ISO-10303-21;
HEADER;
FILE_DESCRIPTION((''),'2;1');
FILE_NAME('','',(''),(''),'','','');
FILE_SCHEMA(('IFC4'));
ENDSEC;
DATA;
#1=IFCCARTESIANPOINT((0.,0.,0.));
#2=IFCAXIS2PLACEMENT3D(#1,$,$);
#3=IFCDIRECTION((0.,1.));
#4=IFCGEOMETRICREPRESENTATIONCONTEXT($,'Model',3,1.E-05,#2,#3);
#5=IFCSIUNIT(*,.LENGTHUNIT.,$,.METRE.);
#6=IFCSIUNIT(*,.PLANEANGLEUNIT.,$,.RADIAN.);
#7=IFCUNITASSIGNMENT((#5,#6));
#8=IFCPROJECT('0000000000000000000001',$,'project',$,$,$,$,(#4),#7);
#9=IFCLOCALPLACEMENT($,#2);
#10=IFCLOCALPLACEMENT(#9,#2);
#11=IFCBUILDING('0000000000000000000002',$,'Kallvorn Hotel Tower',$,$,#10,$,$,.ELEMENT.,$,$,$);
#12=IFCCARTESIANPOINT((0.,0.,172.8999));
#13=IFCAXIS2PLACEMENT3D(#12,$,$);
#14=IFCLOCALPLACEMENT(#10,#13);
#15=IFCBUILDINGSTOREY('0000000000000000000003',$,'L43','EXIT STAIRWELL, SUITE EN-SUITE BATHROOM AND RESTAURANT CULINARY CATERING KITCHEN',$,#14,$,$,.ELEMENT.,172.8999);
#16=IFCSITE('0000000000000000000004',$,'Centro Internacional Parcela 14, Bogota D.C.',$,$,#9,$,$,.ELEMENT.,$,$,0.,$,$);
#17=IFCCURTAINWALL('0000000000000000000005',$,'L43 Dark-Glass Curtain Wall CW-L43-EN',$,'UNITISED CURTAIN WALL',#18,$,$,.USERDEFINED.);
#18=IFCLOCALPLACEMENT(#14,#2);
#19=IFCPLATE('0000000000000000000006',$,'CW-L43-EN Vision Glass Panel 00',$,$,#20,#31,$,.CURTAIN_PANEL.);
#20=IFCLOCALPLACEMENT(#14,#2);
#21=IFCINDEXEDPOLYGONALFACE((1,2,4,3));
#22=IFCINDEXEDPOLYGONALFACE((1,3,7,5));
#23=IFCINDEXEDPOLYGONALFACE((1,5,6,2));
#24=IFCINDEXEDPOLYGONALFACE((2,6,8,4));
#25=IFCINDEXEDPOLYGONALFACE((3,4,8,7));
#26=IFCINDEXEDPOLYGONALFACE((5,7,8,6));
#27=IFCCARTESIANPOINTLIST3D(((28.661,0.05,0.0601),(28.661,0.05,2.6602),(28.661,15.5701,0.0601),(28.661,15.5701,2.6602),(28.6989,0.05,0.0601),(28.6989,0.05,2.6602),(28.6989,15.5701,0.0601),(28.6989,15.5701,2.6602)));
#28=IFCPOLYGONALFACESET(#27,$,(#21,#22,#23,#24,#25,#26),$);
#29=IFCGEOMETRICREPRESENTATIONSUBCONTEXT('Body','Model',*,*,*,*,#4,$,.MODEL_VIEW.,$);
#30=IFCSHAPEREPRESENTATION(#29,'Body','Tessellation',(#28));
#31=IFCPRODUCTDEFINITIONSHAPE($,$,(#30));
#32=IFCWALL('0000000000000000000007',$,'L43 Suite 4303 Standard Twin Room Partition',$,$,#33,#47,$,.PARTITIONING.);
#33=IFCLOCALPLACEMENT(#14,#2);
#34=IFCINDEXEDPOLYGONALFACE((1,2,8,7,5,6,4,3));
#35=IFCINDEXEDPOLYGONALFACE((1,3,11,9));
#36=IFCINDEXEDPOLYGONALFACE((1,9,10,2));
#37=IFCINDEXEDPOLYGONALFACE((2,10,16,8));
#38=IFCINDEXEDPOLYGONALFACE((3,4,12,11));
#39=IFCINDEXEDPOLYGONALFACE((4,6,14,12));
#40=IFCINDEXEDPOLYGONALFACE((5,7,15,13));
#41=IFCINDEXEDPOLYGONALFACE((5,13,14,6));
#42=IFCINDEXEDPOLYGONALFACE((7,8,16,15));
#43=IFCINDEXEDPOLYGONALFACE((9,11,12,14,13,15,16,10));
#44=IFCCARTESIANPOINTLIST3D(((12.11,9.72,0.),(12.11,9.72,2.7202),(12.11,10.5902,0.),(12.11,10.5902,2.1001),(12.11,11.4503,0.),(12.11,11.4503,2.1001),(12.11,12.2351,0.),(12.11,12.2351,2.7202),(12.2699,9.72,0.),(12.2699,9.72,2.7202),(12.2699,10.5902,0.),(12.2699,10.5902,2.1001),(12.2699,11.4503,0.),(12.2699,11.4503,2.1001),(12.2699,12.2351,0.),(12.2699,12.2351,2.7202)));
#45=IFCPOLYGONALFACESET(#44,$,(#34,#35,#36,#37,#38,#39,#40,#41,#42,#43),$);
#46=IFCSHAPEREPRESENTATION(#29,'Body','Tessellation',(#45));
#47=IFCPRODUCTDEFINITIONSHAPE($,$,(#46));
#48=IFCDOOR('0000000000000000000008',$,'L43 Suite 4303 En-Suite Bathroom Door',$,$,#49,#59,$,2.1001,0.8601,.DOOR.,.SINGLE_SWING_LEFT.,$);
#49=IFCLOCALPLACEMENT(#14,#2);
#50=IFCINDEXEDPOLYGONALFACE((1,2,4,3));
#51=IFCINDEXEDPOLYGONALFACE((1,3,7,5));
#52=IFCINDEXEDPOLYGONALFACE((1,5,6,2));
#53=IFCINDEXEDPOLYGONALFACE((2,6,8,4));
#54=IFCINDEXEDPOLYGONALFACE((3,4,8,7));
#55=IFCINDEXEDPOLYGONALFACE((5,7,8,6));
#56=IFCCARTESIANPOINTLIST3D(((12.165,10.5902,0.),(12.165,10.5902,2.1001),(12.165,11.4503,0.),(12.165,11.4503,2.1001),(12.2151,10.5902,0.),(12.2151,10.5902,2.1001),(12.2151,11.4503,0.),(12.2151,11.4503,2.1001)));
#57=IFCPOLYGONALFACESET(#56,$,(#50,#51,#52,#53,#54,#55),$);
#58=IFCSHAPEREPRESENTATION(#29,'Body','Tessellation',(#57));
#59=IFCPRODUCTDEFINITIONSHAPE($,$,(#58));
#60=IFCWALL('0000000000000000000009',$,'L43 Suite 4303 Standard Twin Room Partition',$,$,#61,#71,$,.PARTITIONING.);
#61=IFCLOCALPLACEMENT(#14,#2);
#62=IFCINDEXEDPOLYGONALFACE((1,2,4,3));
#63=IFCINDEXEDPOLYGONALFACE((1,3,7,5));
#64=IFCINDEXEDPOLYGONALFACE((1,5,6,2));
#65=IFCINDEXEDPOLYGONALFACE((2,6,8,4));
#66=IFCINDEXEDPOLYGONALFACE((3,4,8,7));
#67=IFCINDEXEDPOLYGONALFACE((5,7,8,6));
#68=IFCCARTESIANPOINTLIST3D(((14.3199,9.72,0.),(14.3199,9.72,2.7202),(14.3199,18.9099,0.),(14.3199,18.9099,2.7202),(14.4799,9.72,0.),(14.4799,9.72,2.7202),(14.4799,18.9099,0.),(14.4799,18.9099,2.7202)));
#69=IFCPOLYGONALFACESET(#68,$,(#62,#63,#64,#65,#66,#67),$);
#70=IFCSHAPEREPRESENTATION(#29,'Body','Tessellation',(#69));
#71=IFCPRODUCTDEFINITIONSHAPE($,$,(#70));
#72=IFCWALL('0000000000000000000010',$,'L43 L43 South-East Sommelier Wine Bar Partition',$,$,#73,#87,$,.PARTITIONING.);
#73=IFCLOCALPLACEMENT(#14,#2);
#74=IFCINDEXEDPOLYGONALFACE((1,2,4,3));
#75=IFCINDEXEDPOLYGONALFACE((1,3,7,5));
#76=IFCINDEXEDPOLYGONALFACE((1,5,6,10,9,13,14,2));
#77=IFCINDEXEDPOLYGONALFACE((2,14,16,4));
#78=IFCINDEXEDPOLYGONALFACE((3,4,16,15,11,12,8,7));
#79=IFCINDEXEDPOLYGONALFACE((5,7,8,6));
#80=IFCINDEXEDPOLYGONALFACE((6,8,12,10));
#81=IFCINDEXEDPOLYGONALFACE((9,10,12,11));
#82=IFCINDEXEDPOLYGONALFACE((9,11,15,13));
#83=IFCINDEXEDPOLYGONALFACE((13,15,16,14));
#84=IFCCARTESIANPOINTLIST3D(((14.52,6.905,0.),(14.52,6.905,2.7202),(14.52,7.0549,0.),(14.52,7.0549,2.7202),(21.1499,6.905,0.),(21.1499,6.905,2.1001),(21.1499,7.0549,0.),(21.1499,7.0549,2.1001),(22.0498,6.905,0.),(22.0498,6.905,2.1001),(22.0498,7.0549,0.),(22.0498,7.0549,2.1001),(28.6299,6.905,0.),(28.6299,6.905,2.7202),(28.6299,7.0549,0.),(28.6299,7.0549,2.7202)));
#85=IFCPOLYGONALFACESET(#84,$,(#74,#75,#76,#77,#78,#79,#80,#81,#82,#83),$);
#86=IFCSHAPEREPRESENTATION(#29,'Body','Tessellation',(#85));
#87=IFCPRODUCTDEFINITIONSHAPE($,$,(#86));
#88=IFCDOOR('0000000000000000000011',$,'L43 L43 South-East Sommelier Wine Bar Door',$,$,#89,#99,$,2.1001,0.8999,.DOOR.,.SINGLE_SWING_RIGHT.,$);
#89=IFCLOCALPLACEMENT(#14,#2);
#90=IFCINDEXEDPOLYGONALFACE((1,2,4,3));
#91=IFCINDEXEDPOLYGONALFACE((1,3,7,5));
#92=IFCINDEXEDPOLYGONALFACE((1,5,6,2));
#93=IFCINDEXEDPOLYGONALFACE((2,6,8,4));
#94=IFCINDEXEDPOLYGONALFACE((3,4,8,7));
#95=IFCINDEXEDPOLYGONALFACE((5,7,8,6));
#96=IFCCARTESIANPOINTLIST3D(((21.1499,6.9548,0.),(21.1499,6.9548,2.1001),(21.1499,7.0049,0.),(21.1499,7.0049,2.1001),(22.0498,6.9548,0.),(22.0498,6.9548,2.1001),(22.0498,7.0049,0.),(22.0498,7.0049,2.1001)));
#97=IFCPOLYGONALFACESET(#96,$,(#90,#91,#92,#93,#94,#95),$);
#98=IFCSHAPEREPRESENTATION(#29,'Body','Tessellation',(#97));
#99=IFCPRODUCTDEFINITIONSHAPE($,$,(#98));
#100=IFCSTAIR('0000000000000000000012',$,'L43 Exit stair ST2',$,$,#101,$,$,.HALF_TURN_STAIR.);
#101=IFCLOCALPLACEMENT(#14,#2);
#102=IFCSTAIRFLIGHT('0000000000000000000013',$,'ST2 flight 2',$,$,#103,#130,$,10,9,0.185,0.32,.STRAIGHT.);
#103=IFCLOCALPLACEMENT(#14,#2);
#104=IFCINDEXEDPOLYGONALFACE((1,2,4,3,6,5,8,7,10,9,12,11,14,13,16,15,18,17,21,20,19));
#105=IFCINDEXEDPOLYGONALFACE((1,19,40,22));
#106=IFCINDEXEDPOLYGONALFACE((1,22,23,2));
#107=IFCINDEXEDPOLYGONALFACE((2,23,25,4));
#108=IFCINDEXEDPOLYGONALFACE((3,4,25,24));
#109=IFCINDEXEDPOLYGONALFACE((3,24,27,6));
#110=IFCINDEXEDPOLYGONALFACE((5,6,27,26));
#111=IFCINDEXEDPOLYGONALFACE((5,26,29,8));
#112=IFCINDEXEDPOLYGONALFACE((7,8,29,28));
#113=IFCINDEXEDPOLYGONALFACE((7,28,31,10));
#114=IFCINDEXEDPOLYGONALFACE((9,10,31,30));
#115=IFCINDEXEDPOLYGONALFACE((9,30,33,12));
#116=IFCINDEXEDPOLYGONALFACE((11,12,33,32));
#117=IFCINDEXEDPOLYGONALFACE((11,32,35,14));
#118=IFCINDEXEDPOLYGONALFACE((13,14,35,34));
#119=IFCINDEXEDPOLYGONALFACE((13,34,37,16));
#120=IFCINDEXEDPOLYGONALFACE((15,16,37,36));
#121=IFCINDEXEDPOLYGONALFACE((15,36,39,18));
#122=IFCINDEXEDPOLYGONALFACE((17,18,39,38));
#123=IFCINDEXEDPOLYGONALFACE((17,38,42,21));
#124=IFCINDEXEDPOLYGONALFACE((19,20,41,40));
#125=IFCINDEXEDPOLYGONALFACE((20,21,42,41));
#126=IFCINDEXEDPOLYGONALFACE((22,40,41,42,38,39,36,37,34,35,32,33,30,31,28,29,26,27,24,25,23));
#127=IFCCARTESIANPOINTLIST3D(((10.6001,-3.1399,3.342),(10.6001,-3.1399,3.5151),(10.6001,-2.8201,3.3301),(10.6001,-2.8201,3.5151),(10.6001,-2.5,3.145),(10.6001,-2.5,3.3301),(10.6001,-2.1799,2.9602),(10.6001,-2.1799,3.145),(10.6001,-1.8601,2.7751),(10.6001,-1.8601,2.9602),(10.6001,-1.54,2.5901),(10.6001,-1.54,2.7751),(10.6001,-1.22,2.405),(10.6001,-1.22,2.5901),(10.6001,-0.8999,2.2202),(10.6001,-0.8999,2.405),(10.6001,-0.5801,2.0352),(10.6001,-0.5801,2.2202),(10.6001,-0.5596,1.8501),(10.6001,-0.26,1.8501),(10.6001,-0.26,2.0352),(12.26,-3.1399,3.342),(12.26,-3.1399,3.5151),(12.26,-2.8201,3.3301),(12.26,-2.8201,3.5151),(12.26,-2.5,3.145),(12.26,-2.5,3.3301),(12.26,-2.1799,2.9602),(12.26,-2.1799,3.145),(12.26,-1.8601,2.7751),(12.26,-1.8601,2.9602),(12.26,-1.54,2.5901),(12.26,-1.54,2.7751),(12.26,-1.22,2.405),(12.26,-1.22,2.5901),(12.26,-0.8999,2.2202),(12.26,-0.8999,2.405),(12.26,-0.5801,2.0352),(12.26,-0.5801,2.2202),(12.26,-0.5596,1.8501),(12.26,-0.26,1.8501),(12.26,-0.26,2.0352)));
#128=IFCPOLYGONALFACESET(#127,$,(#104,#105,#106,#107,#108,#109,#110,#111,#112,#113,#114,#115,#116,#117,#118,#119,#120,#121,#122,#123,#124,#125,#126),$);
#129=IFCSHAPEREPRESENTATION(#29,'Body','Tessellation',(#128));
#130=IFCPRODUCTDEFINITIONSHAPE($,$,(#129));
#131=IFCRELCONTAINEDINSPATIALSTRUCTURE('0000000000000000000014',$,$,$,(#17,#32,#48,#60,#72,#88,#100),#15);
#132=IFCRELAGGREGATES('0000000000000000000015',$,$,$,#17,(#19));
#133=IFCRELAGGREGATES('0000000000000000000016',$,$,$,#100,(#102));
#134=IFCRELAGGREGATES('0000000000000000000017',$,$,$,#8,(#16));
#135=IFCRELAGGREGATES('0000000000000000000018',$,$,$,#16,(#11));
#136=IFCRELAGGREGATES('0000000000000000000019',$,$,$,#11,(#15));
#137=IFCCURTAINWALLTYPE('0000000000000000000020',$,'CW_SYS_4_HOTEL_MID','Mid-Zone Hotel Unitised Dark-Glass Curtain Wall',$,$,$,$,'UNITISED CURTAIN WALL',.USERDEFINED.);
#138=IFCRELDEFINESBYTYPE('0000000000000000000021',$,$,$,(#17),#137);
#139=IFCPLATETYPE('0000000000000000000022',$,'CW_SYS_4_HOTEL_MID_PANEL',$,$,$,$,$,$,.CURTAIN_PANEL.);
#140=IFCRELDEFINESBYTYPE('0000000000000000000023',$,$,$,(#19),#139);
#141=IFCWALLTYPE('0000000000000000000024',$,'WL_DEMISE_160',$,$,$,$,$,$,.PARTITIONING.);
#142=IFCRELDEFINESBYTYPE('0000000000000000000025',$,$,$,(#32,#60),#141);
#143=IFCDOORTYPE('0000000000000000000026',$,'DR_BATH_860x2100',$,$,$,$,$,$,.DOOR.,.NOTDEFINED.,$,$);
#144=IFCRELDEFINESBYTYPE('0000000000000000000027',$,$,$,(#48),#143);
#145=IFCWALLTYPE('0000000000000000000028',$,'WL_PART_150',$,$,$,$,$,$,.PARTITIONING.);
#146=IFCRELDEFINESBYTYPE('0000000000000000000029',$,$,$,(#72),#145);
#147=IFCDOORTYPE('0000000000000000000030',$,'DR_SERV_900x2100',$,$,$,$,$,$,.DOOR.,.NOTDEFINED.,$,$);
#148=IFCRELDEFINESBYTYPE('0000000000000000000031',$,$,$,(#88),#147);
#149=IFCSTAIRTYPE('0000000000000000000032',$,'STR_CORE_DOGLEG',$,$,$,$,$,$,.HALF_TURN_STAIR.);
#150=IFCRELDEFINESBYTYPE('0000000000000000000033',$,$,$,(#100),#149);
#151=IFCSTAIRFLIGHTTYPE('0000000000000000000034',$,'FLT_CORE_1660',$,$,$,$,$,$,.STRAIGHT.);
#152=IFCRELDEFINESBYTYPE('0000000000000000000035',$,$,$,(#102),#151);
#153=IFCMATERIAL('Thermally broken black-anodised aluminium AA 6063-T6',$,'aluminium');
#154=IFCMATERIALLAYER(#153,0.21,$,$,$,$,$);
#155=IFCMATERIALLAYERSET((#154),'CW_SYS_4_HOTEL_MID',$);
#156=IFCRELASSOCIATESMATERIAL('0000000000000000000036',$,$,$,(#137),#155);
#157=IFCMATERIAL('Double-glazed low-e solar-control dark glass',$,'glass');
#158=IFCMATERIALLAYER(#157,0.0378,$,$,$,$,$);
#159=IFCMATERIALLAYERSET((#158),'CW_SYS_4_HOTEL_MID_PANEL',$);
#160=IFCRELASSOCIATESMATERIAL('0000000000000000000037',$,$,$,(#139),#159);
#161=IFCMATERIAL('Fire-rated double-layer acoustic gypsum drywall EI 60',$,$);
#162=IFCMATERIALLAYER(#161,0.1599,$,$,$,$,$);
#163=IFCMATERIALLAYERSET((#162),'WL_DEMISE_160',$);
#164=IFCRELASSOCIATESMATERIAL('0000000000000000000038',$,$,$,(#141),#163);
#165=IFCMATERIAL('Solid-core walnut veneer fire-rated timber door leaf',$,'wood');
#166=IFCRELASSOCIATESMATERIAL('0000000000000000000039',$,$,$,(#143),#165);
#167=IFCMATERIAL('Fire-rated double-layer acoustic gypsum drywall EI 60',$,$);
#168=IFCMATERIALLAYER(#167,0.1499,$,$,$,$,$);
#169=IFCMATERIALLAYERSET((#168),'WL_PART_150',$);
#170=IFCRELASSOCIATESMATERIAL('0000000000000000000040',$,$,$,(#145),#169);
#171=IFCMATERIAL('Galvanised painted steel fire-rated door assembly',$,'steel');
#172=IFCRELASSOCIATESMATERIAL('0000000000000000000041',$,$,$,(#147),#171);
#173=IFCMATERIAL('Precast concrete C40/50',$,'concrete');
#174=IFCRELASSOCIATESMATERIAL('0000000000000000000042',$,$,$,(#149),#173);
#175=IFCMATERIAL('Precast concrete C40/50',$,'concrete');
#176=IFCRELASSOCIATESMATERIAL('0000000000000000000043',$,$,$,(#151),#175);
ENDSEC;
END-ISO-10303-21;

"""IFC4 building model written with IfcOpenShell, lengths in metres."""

from ifc_helpers import new_model, si_unit, direction, frame, frame_2d, origin, origin_2d, place, context, subcontext, project, spatial, polyline, rectangle, outline, extrude, material, layer, layer_set, type_object, element, fill, aggregate, save


model = new_model("IFC4")

# Units and contexts
model_context = context("Model", 3, precision=1e-05, world=origin(), true_north=direction((0.0, 1.0)))
body_context = subcontext(model_context, "Body", "Model", "MODEL_VIEW")
ifc_project = project(units=[si_unit("LENGTHUNIT", "METRE"), si_unit("PLANEANGLEUNIT", "RADIAN")], contexts=[model_context])

# Site, building, storey
site_placement = place(None, origin())
site = spatial("IfcSite", under=ifc_project, at=site_placement, Name="Centro Internacional Parcela 14, Bogota D.C.", CompositionType="ELEMENT", RefElevation=0.0)
building_placement = place(site_placement, origin())
building = spatial("IfcBuilding", under=site, at=building_placement, Name="Kallvorn Hotel Tower", CompositionType="ELEMENT")
storey_placement = place(building_placement, frame((0.0, 0.0, 172.8999)))
storey = spatial("IfcBuildingStorey", under=building, at=storey_placement, Name="L43", Description="EXIT STAIRWELL, SUITE EN-SUITE BATHROOM AND RESTAURANT CULINARY CATERING KITCHEN", CompositionType="ELEMENT", Elevation=172.8999)

# Curtain wall, plate
ifc_material_1 = material(Name="Thermally broken black-anodised aluminium AA 6063-T6", Category="aluminium")
ifc_layer_1 = layer(ifc_material_1, 0.21)
ifc_layer_set_1 = layer_set([ifc_layer_1], Name="CW_SYS_4_HOTEL_MID")
curtain_wall_type = type_object("IfcCurtainWallType", Name="CW_SYS_4_HOTEL_MID", Description="Mid-Zone Hotel Unitised Dark-Glass Curtain Wall", ElementType="UNITISED CURTAIN WALL", PredefinedType="USERDEFINED", material=ifc_layer_set_1)
curtain_wall_placement = place(storey_placement, origin())
curtain_wall = element("IfcCurtainWall", 1, at=curtain_wall_placement, inside=storey, type_object=curtain_wall_type, Name="L43 Dark-Glass Curtain Wall CW-L43-EN", ObjectType="UNITISED CURTAIN WALL", PredefinedType="USERDEFINED")
ifc_material_2 = material(Name="Double-glazed low-e solar-control dark glass", Category="glass")
ifc_layer_2 = layer(ifc_material_2, 0.0378)
ifc_layer_set_2 = layer_set([ifc_layer_2], Name="CW_SYS_4_HOTEL_MID_PANEL")
plate_type = type_object("IfcPlateType", Name="CW_SYS_4_HOTEL_MID_PANEL", PredefinedType="CURTAIN_PANEL", material=ifc_layer_set_2)
plate_placement = place(storey_placement, frame((28.6799, 7.8101, 0.0601), z_axis=(0.0, 0.0, 1.0), x_axis=(0.0, 1.0, 0.0)))
plate = element("IfcPlate", 2, at=plate_placement, type_object=plate_type, Name="CW-L43-EN Vision Glass Panel 00", PredefinedType="CURTAIN_PANEL", context=body_context, shape_type="SweptSolid", body=[
    extrude(rectangle(XDim=15.52, YDim=0.0378, at=origin_2d()), origin(), (0.0, 0.0, 1.0), 2.6001),
])
aggregate(curtain_wall, [plate])

# Wall, opening, door
ifc_material_3 = material(Name="Fire-rated double-layer acoustic gypsum drywall EI 60")
ifc_layer_3 = layer(ifc_material_3, 0.1599)
ifc_layer_set_3 = layer_set([ifc_layer_3], Name="WL_DEMISE_160")
wall_type_1 = type_object("IfcWallType", Name="WL_DEMISE_160", PredefinedType="PARTITIONING", material=ifc_layer_set_3)
wall_1_placement = place(storey_placement, frame((12.1899, 9.72, 0.0), z_axis=(0.0, 0.0, 1.0), x_axis=(0.0, 1.0, 0.0)))
wall_1 = element("IfcWall", 3, at=wall_1_placement, inside=storey, type_object=wall_type_1, Name="L43 Suite 4303 Standard Twin Room Partition", PredefinedType="PARTITIONING", context=body_context, shape_type="SweptSolid", body=[
    extrude(rectangle(XDim=2.5151, YDim=0.1599, at=frame_2d((1.2576, 0.0))), origin(), (0.0, 0.0, 1.0), 2.7202),
])
opening_1_placement = place(wall_1_placement, frame((0.8701, 0.0, 0.0)))
opening_1 = element("IfcOpeningElement", 4, at=opening_1_placement, cuts=wall_1, PredefinedType="OPENING", context=body_context, shape_type="SweptSolid", body=[
    extrude(rectangle(XDim=0.8601, YDim=2.1001, at=frame_2d((0.4302, 1.05))), frame((0.0, 0.095, 0.0), z_axis=(0.0, -1.0, 0.0), x_axis=(1.0, 0.0, 0.0)), (0.0, 0.0, 1.0), 0.1899),
])
ifc_material_4 = material(Name="Solid-core walnut veneer fire-rated timber door leaf", Category="wood")
door_type_1 = type_object("IfcDoorType", Name="DR_BATH_860x2100", OperationType="NOTDEFINED", PredefinedType="DOOR", material=ifc_material_4)
door_1_placement = place(opening_1_placement, origin())
door_1 = element("IfcDoor", 5, at=door_1_placement, inside=storey, type_object=door_type_1, Name="L43 Suite 4303 En-Suite Bathroom Door", OperationType="SINGLE_SWING_LEFT", OverallHeight=2.1001, OverallWidth=0.8601, PredefinedType="DOOR", context=body_context, shape_type="SweptSolid", body=[
    extrude(rectangle(XDim=0.8601, YDim=2.1001, at=frame_2d((0.4302, 1.05))), frame((0.0, 0.0249, 0.0), z_axis=(0.0, -1.0, 0.0), x_axis=(1.0, 0.0, 0.0)), (0.0, 0.0, 1.0), 0.05),
])
fill(opening_1, door_1)

# Wall
wall_2_placement = place(storey_placement, frame((14.3999, 9.72, 0.0), z_axis=(0.0, 0.0, 1.0), x_axis=(0.0, 1.0, 0.0)))
element("IfcWall", 6, at=wall_2_placement, inside=storey, type_object=wall_type_1, Name="L43 Suite 4303 Standard Twin Room Partition", PredefinedType="PARTITIONING", context=body_context, shape_type="SweptSolid", body=[
    extrude(rectangle(XDim=9.1899, YDim=0.1599, at=frame_2d((4.595, 0.0))), origin(), (0.0, 0.0, 1.0), 2.7202),
])

# Wall, opening, door
ifc_material_5 = material(Name="Fire-rated double-layer acoustic gypsum drywall EI 60")
ifc_layer_4 = layer(ifc_material_5, 0.1499)
ifc_layer_set_4 = layer_set([ifc_layer_4], Name="WL_PART_150")
wall_type_2 = type_object("IfcWallType", Name="WL_PART_150", PredefinedType="PARTITIONING", material=ifc_layer_set_4)
wall_3_placement = place(storey_placement, frame((14.52, 6.98, 0.0), z_axis=(0.0, 0.0, 1.0), x_axis=(1.0, 0.0, 0.0)))
wall_3 = element("IfcWall", 7, at=wall_3_placement, inside=storey, type_object=wall_type_2, Name="L43 L43 South-East Sommelier Wine Bar Partition", PredefinedType="PARTITIONING", context=body_context, shape_type="SweptSolid", body=[
    extrude(rectangle(XDim=14.1099, YDim=0.1499, at=frame_2d((7.0549, 0.0))), origin(), (0.0, 0.0, 1.0), 2.7202),
])
opening_2_placement = place(wall_3_placement, frame((6.6299, 0.0, 0.0)))
opening_2 = element("IfcOpeningElement", 8, at=opening_2_placement, cuts=wall_3, PredefinedType="OPENING", context=body_context, shape_type="SweptSolid", body=[
    extrude(rectangle(XDim=0.8999, YDim=2.1001, at=frame_2d((0.45, 1.05))), frame((0.0, 0.0898, 0.0), z_axis=(0.0, -1.0, 0.0), x_axis=(1.0, 0.0, 0.0)), (0.0, 0.0, 1.0), 0.1799),
])
ifc_material_6 = material(Name="Galvanised painted steel fire-rated door assembly", Category="steel")
door_type_2 = type_object("IfcDoorType", Name="DR_SERV_900x2100", OperationType="NOTDEFINED", PredefinedType="DOOR", material=ifc_material_6)
door_2_placement = place(opening_2_placement, origin())
door_2 = element("IfcDoor", 9, at=door_2_placement, inside=storey, type_object=door_type_2, Name="L43 L43 South-East Sommelier Wine Bar Door", OperationType="SINGLE_SWING_RIGHT", OverallHeight=2.1001, OverallWidth=0.8999, PredefinedType="DOOR", context=body_context, shape_type="SweptSolid", body=[
    extrude(rectangle(XDim=0.8999, YDim=2.1001, at=frame_2d((0.45, 1.05))), frame((0.0, 0.0249, 0.0), z_axis=(0.0, -1.0, 0.0), x_axis=(1.0, 0.0, 0.0)), (0.0, 0.0, 1.0), 0.05),
])
fill(opening_2, door_2)

# Stair, stair flight
ifc_material_7 = material(Name="Precast concrete C40/50", Category="concrete")
stair_type = type_object("IfcStairType", Name="STR_CORE_DOGLEG", PredefinedType="HALF_TURN_STAIR", material=ifc_material_7)
stair_placement = place(storey_placement, origin())
stair = element("IfcStair", 10, at=stair_placement, inside=storey, type_object=stair_type, Name="L43 Exit stair ST2", PredefinedType="HALF_TURN_STAIR")
ifc_material_8 = material(Name="Precast concrete C40/50", Category="concrete")
stair_flight_type = type_object("IfcStairFlightType", Name="FLT_CORE_1660", PredefinedType="STRAIGHT", material=ifc_material_8)
stair_flight_placement = place(storey_placement, frame((11.4299, -0.26, 1.8501), z_axis=(0.0, 0.0, 1.0), x_axis=(0.0, -1.0, 0.0)))
stair_flight = element("IfcStairFlight", 11, at=stair_flight_placement, type_object=stair_flight_type, Name="ST2 flight 2", NumberOfRisers=10, NumberOfTreads=9, PredefinedType="STRAIGHT", RiserHeight=0.185, TreadLength=0.32, context=body_context, shape_type="SweptSolid", body=[
    extrude(outline(polyline([(0.0, 0.0), (0.0, 0.1851), (0.3201, 0.1851), (0.3201, 0.3701), (0.6399, 0.3701), (0.6399, 0.5549), (0.96, 0.5549), (0.96, 0.74), (1.28, 0.74), (1.28, 0.925), (1.6001, 0.925), (1.6001, 1.1101), (1.9199, 1.1101), (1.9199, 1.2949), (2.24, 1.2949), (2.24, 1.48), (2.5601, 1.48), (2.5601, 1.665), (2.8799, 1.665), (2.8799, 1.8501), (2.8799, 1.4919), (0.2996, 0.0), (0.0, 0.0)])), frame((0.0, 0.8301, 0.0), z_axis=(0.0, -1.0, 0.0), x_axis=(1.0, 0.0, 0.0)), (0.0, 0.0, 1.0), 1.6599),
])
aggregate(stair, [stair_flight])

save(model, "model.ifc")
